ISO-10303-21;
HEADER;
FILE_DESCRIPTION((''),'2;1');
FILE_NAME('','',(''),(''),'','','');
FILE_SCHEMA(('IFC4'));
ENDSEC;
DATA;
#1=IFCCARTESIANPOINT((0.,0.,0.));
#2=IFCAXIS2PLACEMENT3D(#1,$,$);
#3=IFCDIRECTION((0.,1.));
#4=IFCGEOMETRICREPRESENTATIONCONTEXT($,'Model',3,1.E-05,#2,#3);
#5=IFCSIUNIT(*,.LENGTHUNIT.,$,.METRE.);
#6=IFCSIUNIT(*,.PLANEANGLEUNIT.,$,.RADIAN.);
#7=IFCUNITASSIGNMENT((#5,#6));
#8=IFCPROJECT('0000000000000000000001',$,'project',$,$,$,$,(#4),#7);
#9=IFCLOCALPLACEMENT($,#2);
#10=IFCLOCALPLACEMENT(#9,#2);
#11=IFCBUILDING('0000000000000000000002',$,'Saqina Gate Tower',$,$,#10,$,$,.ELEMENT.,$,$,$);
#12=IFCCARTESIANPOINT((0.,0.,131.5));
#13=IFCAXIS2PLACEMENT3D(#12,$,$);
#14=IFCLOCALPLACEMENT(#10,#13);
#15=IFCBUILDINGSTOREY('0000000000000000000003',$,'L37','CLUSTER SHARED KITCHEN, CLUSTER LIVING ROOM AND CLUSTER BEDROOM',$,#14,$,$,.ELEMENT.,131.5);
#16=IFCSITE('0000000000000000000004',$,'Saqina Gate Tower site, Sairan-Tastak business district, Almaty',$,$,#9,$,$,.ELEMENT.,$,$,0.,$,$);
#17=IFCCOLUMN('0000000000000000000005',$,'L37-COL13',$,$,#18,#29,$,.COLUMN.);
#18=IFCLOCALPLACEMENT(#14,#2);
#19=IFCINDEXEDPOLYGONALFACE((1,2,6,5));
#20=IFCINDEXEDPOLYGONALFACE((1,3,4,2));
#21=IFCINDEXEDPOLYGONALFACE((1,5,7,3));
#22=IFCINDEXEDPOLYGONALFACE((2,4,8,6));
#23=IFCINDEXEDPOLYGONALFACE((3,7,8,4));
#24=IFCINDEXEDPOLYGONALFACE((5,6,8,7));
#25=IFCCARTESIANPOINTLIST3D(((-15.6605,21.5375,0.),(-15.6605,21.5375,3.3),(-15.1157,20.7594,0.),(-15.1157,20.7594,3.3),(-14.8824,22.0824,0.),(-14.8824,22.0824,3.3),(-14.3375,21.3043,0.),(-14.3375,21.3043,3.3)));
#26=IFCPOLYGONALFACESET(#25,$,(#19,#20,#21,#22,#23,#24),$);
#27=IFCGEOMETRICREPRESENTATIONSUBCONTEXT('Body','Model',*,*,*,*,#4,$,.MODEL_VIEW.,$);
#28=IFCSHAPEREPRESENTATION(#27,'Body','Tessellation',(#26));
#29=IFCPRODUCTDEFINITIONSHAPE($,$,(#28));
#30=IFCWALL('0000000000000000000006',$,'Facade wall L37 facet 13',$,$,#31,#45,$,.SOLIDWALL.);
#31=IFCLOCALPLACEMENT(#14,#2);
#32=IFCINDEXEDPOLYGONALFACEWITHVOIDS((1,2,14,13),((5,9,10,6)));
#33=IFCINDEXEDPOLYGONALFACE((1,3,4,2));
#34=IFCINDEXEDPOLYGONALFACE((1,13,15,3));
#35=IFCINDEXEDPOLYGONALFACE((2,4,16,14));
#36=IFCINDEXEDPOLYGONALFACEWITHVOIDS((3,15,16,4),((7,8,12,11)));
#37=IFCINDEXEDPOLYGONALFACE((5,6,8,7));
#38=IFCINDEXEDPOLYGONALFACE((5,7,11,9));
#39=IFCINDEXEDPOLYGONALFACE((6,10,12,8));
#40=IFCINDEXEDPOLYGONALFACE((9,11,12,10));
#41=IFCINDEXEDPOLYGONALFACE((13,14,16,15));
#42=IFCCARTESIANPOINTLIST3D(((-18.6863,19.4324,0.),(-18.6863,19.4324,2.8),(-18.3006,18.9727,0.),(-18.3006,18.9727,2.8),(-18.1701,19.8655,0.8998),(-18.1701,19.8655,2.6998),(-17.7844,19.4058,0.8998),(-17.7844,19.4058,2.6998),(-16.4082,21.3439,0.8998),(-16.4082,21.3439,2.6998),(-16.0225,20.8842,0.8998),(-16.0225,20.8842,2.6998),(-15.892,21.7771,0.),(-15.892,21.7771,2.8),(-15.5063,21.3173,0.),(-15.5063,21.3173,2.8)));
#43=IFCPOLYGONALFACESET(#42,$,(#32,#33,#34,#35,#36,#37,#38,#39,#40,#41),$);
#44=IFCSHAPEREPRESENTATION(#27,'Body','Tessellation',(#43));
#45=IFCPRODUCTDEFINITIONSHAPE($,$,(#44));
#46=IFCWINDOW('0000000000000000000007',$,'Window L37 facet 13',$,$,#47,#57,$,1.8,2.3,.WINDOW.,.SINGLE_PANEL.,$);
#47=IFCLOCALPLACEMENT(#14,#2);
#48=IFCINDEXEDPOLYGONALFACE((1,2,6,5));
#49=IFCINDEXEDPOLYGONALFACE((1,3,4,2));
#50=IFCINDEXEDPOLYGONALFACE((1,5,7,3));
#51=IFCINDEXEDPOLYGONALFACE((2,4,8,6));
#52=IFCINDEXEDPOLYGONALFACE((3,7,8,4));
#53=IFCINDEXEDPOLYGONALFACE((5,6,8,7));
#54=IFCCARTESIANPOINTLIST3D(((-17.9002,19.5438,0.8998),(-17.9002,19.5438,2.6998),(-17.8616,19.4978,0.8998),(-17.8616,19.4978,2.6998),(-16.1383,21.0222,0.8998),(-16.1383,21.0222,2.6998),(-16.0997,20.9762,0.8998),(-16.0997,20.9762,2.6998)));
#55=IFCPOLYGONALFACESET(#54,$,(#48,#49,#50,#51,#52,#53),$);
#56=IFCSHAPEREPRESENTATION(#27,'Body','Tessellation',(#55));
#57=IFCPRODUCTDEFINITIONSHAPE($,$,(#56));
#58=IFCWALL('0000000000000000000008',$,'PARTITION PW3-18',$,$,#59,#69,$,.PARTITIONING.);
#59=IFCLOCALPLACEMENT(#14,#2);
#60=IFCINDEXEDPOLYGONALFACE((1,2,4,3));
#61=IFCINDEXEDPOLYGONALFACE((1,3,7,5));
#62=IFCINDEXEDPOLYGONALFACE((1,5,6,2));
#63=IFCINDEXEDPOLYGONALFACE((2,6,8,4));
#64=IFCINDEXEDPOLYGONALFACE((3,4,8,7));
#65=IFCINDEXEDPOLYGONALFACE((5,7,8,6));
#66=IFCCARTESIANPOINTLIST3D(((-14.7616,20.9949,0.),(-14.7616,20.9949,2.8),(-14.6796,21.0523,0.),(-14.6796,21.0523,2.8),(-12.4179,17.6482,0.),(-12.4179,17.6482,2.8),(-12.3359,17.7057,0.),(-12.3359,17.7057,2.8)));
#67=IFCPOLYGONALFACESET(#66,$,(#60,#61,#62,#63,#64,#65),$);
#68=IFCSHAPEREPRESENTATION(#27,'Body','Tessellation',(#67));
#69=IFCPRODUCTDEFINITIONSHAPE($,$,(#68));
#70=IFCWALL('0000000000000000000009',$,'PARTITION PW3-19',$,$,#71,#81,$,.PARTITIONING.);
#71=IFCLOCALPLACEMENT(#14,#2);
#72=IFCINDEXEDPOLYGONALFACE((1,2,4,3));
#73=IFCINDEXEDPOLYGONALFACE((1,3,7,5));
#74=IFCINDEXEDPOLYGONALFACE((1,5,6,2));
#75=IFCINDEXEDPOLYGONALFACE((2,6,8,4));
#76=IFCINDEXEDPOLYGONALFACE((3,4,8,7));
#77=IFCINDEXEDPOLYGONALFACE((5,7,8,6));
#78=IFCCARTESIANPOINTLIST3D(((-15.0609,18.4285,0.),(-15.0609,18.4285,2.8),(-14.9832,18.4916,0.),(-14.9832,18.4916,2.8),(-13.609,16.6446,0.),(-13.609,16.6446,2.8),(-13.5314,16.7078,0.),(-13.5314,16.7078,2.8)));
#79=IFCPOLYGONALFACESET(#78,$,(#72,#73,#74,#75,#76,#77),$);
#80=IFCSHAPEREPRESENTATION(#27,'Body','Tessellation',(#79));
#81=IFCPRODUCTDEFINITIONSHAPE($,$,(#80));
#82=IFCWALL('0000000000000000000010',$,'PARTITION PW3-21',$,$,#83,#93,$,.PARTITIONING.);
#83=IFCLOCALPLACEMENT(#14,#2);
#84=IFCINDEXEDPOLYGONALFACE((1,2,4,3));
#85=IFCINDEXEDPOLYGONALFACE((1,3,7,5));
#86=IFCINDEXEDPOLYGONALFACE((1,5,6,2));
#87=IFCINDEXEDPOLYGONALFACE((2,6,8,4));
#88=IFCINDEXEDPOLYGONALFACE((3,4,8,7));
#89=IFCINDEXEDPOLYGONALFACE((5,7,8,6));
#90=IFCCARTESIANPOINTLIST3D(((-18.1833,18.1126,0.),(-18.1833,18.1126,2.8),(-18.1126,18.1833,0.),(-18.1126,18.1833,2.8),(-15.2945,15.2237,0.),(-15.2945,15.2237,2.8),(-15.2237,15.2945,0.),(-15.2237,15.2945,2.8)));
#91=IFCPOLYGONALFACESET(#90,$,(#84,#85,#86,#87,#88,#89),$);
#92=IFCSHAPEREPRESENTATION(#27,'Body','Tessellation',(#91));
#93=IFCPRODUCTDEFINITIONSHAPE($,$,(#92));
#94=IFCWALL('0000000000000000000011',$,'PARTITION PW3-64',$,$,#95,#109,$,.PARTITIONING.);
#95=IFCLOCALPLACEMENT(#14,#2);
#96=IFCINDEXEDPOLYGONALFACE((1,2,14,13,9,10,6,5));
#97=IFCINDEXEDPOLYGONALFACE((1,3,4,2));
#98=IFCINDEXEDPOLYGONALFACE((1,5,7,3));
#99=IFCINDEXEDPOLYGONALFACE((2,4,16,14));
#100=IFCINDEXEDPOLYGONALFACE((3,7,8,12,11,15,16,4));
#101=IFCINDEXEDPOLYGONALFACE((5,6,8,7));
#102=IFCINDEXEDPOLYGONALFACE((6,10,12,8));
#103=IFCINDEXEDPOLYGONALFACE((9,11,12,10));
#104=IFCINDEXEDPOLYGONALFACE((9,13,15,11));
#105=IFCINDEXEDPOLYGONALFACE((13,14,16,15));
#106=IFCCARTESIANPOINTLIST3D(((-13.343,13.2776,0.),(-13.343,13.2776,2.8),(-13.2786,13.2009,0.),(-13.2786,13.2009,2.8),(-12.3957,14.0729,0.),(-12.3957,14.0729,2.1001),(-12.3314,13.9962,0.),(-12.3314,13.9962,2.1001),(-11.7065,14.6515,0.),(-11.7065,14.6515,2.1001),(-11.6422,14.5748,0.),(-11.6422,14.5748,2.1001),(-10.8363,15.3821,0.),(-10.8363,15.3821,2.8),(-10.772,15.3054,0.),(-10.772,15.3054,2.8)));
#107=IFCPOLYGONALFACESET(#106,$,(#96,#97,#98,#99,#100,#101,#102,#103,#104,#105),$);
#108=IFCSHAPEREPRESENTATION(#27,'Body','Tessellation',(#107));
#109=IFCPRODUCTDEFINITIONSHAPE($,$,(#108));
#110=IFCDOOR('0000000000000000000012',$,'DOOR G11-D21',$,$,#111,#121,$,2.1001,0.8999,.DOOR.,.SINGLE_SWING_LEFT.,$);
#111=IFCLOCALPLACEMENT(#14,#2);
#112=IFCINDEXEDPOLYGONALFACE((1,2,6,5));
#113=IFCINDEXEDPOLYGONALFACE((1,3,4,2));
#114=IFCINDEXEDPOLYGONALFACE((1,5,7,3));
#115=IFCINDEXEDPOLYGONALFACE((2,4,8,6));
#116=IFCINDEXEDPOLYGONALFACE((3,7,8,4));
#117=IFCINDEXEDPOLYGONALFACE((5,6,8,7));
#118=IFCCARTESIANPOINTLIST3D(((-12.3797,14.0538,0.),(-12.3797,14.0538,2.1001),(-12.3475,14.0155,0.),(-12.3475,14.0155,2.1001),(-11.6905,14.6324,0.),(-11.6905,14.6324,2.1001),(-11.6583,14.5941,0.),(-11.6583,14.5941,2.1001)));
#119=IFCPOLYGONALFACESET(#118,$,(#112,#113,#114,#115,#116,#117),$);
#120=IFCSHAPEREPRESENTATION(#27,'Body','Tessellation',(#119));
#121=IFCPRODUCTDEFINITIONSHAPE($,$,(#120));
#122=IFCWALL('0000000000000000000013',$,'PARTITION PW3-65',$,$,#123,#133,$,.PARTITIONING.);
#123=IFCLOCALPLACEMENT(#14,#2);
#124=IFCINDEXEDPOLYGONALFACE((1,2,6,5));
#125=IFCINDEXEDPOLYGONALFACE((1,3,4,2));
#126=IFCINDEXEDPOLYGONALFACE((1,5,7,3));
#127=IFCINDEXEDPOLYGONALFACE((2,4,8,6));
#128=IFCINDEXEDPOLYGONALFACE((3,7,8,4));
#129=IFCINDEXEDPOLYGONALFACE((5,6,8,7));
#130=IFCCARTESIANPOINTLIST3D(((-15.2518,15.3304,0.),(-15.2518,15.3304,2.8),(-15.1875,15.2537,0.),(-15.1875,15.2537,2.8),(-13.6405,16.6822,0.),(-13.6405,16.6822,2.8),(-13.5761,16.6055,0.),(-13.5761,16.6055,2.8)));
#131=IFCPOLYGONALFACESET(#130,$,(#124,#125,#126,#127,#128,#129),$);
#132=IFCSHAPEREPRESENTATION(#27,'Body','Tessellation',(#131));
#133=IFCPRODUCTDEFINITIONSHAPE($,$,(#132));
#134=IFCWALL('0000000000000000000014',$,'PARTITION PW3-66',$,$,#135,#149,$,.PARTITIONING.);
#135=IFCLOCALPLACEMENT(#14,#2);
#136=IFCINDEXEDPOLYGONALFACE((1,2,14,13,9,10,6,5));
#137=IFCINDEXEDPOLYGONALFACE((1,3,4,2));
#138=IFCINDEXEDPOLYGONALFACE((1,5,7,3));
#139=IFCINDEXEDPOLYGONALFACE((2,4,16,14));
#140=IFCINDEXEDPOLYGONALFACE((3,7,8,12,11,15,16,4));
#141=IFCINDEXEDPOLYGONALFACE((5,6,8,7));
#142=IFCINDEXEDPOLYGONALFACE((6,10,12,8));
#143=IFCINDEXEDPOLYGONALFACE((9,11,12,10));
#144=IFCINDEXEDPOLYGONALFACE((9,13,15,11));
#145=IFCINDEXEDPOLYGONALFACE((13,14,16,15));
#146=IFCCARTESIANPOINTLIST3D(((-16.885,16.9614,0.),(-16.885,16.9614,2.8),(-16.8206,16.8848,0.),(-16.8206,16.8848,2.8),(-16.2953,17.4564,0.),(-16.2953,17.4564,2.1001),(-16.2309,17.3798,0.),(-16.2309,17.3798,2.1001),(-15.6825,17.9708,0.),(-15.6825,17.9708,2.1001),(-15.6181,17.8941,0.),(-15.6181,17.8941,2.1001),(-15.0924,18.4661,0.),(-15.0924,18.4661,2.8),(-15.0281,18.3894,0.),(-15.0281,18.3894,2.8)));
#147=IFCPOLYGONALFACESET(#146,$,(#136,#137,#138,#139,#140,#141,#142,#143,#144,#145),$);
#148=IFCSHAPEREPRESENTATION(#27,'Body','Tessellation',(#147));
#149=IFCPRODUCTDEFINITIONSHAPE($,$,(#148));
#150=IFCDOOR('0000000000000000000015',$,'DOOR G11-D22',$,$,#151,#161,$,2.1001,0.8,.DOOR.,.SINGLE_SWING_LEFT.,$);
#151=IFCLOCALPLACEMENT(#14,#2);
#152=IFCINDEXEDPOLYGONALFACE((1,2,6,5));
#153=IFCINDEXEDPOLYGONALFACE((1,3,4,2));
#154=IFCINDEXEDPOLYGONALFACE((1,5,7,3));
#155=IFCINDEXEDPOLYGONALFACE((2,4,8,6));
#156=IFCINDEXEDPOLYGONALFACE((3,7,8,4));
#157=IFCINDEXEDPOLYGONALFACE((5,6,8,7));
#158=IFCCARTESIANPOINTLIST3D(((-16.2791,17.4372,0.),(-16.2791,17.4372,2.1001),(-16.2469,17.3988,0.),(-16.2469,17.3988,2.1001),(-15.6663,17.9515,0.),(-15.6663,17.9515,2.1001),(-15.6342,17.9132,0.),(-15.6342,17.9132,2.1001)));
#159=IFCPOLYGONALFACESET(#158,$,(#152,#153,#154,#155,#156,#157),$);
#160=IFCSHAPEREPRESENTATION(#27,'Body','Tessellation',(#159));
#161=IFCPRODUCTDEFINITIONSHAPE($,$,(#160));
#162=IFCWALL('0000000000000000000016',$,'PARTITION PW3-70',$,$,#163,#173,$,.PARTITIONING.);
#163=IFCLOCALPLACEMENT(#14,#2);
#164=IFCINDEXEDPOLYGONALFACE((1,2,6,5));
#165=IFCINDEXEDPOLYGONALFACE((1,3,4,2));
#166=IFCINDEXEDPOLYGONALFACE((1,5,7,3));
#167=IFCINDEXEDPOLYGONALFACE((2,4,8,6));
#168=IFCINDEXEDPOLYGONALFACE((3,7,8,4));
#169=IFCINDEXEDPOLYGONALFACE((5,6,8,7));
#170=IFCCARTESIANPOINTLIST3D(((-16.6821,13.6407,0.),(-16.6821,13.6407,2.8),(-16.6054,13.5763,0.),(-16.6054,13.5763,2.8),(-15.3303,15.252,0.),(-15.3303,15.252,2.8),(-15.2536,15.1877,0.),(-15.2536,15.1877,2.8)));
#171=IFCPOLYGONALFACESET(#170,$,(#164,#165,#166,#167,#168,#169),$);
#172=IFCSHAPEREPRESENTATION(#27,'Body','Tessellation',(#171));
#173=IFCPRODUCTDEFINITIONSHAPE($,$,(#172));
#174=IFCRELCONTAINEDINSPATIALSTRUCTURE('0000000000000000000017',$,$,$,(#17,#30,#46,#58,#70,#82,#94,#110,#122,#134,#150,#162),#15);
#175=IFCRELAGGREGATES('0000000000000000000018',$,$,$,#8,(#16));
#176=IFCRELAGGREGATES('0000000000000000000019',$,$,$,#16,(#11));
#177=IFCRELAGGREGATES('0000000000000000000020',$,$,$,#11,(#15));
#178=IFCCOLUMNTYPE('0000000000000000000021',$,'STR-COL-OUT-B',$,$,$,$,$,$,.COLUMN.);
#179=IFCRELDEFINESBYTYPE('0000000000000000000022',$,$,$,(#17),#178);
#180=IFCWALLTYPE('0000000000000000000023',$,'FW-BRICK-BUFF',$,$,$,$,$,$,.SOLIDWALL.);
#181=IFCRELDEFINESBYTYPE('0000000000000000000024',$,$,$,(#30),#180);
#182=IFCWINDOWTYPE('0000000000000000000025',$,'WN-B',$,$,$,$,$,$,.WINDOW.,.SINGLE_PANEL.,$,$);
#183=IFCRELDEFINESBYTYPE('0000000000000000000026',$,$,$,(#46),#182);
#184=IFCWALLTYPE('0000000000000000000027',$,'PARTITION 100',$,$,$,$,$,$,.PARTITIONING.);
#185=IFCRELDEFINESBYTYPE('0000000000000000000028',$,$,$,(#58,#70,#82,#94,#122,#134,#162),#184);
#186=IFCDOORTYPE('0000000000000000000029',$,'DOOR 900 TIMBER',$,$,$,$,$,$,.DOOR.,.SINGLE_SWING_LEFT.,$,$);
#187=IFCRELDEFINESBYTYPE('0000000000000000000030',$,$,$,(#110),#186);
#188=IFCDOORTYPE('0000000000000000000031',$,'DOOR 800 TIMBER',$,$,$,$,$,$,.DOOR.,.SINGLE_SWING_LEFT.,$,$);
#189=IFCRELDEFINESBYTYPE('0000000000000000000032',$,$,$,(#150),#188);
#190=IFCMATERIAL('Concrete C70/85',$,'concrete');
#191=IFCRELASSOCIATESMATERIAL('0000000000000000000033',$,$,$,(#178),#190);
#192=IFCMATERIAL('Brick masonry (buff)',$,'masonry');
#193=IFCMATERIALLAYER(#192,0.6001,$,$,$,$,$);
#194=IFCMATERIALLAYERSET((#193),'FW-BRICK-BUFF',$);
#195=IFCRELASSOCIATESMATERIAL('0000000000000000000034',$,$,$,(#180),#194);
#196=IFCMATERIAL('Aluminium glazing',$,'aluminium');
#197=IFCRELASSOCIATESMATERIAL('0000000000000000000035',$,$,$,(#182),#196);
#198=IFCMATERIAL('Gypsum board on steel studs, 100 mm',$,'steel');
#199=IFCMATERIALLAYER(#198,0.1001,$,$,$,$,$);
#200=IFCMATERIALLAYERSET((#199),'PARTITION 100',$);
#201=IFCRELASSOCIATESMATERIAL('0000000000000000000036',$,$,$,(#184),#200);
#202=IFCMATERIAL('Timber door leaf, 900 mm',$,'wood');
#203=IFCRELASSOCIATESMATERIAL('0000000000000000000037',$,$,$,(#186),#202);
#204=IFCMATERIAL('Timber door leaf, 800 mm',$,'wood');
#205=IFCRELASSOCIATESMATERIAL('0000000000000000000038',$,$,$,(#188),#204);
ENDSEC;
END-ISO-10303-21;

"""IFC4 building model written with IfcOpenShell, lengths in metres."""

from ifc_helpers import new_model, si_unit, direction, frame, frame_2d, origin, origin_2d, place, context, subcontext, project, spatial, rectangle, extrude, material, layer, layer_set, material_profile, profile_set, type_object, element, fill, save


model = new_model("IFC4")

# Units and contexts
model_context = context("Model", 3, precision=1e-05, world=origin(), true_north=direction((0.0, 1.0)))
body_context = subcontext(model_context, "Body", "Model", "MODEL_VIEW")
ifc_project = project(units=[si_unit("LENGTHUNIT", "METRE"), si_unit("PLANEANGLEUNIT", "RADIAN")], contexts=[model_context])

# Site, building, storey
site_placement = place(None, origin())
site = spatial("IfcSite", under=ifc_project, at=site_placement, Name="Saqina Gate Tower site, Sairan-Tastak business district, Almaty", CompositionType="ELEMENT", RefElevation=0.0)
building_placement = place(site_placement, origin())
building = spatial("IfcBuilding", under=site, at=building_placement, Name="Saqina Gate Tower", CompositionType="ELEMENT")
storey_placement = place(building_placement, frame((0.0, 0.0, 131.5)))
storey = spatial("IfcBuildingStorey", under=building, at=storey_placement, Name="L37", Description="CLUSTER SHARED KITCHEN, CLUSTER LIVING ROOM AND CLUSTER BEDROOM", CompositionType="ELEMENT", Elevation=131.5)

# Column
ifc_material_1 = material(Name="Concrete C70/85", Category="concrete")
ifc_material_profile = material_profile(ifc_material_1, rectangle(XDim=0.95, YDim=0.95, at=origin_2d()), Name="RC 950x950")
ifc_profile_set = profile_set([ifc_material_profile], Name="Concrete C70/85")
column_type = type_object("IfcColumnType", Name="STR-COL-OUT-B", PredefinedType="COLUMN", material=ifc_profile_set)
column_placement = place(storey_placement, frame((-14.999, 21.4209, 0.0), z_axis=(0.0, 0.0, 1.0), x_axis=(-0.573576, 0.819152, 0.0)))
element("IfcColumn", 1, at=column_placement, inside=storey, type_object=column_type, Name="L37-COL13", PredefinedType="COLUMN", context=body_context, shape_type="SweptSolid", body=[
    extrude(rectangle(XDim=0.95, YDim=0.95, at=origin_2d()), origin(), (0.0, 0.0, 1.0), 3.3),
])

# Wall, opening, window
ifc_material_2 = material(Name="Brick masonry (buff)", Category="masonry")
ifc_layer_1 = layer(ifc_material_2, 0.6001)
ifc_layer_set_1 = layer_set([ifc_layer_1], Name="FW-BRICK-BUFF")
wall_type_1 = type_object("IfcWallType", Name="FW-BRICK-BUFF", PredefinedType="SOLIDWALL", material=ifc_layer_set_1)
wall_1_placement = place(storey_placement, frame((-15.6992, 21.5471, 0.0), z_axis=(0.0, 0.0, 1.0), x_axis=(-0.766055, -0.642774, 0.0)))
wall_1 = element("IfcWall", 2, at=wall_1_placement, inside=storey, type_object=wall_type_1, Name="Facade wall L37 facet 13", PredefinedType="SOLIDWALL", context=body_context, shape_type="SweptSolid", body=[
    extrude(rectangle(XDim=3.6477, YDim=0.6001, at=frame_2d((1.8237, 0.0))), origin(), (0.0, 0.0, 1.0), 2.8),
])
opening_1_placement = place(wall_1_placement, frame((0.6738, 0.0, 0.8999)))
opening_1 = element("IfcOpeningElement", 3, at=opening_1_placement, cuts=wall_1, PredefinedType="OPENING", context=body_context, shape_type="SweptSolid", body=[
    extrude(rectangle(XDim=2.3, YDim=1.8, at=frame_2d((1.1499, 0.8999))), frame((0.0, 0.312, 0.0), z_axis=(0.0, -1.0, 0.0), x_axis=(1.0, 0.0, 0.0)), (0.0, 0.0, 1.0), 0.624),
])
ifc_material_3 = material(Name="Aluminium glazing", Category="aluminium")
window_type = type_object("IfcWindowType", Name="WN-B", PartitioningType="SINGLE_PANEL", PredefinedType="WINDOW", material=ifc_material_3)
window_placement = place(opening_1_placement, origin())
window = element("IfcWindow", 4, at=window_placement, inside=storey, type_object=window_type, Name="Window L37 facet 13", OverallHeight=1.8, OverallWidth=2.3, PartitioningType="SINGLE_PANEL", PredefinedType="WINDOW", context=body_context, shape_type="SweptSolid", body=[
    extrude(rectangle(XDim=2.3, YDim=1.8, at=frame_2d((1.1499, 0.8999))), frame((0.0, 0.1799, 0.0), z_axis=(0.0, -1.0, 0.0), x_axis=(1.0, 0.0, 0.0)), (0.0, 0.0, 1.0), 0.0601),
])
fill(opening_1, window)

# Walls
ifc_material_4 = material(Name="Gypsum board on steel studs, 100 mm", Category="steel")
ifc_layer_2 = layer(ifc_material_4, 0.1001)
ifc_layer_set_2 = layer_set([ifc_layer_2], Name="PARTITION 100")
wall_type_2 = type_object("IfcWallType", Name="PARTITION 100", PredefinedType="PARTITIONING", material=ifc_layer_set_2)
wall_2_placement = place(storey_placement, frame((-14.7207, 21.0237, 0.0), z_axis=(0.0, 0.0, 1.0), x_axis=(0.573639, -0.819108, 0.0)))
element("IfcWall", 5, at=wall_2_placement, inside=storey, type_object=wall_type_2, Name="PARTITION PW3-18", PredefinedType="PARTITIONING", context=body_context, shape_type="SweptSolid", body=[
    extrude(rectangle(XDim=4.0857, YDim=0.1001, at=frame_2d((2.043, 0.0))), origin(), (0.0, 0.0, 1.0), 2.8),
])
wall_3_placement = place(storey_placement, frame((-15.022, 18.46, 0.0), z_axis=(0.0, 0.0, 1.0), x_axis=(0.631236, -0.775591, 0.0)))
element("IfcWall", 6, at=wall_3_placement, inside=storey, type_object=wall_type_2, Name="PARTITION PW3-19", PredefinedType="PARTITIONING", context=body_context, shape_type="SweptSolid", body=[
    extrude(rectangle(XDim=2.3, YDim=0.1001, at=frame_2d((1.1499, 0.0))), origin(), (0.0, 0.0, 1.0), 2.8),
])
wall_4_placement = place(storey_placement, frame((-18.1479, 18.1479, 0.0), z_axis=(0.0, 0.0, 1.0), x_axis=(0.707107, -0.707107, 0.0)))
element("IfcWall", 7, at=wall_4_placement, inside=storey, type_object=wall_type_2, Name="PARTITION PW3-21", PredefinedType="PARTITIONING", context=body_context, shape_type="SweptSolid", body=[
    extrude(rectangle(XDim=4.0854, YDim=0.1001, at=frame_2d((2.0427, 0.0))), origin(), (0.0, 0.0, 1.0), 2.8),
])

# Wall, opening, door
wall_5_placement = place(storey_placement, frame((-13.3108, 13.2393, 0.0), z_axis=(0.0, 0.0, 1.0), x_axis=(0.765862, 0.643005, 0.0)))
wall_5 = element("IfcWall", 8, at=wall_5_placement, inside=storey, type_object=wall_type_2, Name="PARTITION PW3-64", PredefinedType="PARTITIONING", context=body_context, shape_type="SweptSolid", body=[
    extrude(rectangle(XDim=3.2729, YDim=0.1001, at=frame_2d((1.6365, 0.0))), origin(), (0.0, 0.0, 1.0), 2.8),
])
opening_2_placement = place(wall_5_placement, frame((1.2368, 0.0, 0.0)))
opening_2 = element("IfcOpeningElement", 9, at=opening_2_placement, cuts=wall_5, PredefinedType="OPENING", context=body_context, shape_type="SweptSolid", body=[
    extrude(rectangle(XDim=0.8999, YDim=2.1001, at=frame_2d((0.45, 1.05))), frame((0.0, 0.062, 0.0), z_axis=(0.0, -1.0, 0.0), x_axis=(1.0, 0.0, 0.0)), (0.0, 0.0, 1.0), 0.124),
])
ifc_material_5 = material(Name="Timber door leaf, 900 mm", Category="wood")
door_type_1 = type_object("IfcDoorType", Name="DOOR 900 TIMBER", OperationType="SINGLE_SWING_LEFT", PredefinedType="DOOR", material=ifc_material_5)
door_1_placement = place(opening_2_placement, frame((0.8999, 0.0, 0.0), z_axis=(0.0, 0.0, 1.0), x_axis=(-1.0, 0.0, 0.0)))
door_1 = element("IfcDoor", 10, at=door_1_placement, inside=storey, type_object=door_type_1, Name="DOOR G11-D21", OperationType="SINGLE_SWING_LEFT", OverallHeight=2.1001, OverallWidth=0.8999, PredefinedType="DOOR", context=body_context, shape_type="SweptSolid", body=[
    extrude(rectangle(XDim=0.8999, YDim=2.1001, at=frame_2d((0.45, 1.05))), frame((0.0, 0.0249, 0.0), z_axis=(0.0, -1.0, 0.0), x_axis=(1.0, 0.0, 0.0)), (0.0, 0.0, 1.0), 0.05),
])
fill(opening_2, door_1)

# Wall
wall_6_placement = place(storey_placement, frame((-15.2197, 15.292, 0.0), z_axis=(0.0, 0.0, 1.0), x_axis=(0.766105, 0.642716, 0.0)))
element("IfcWall", 11, at=wall_6_placement, inside=storey, type_object=wall_type_2, Name="PARTITION PW3-65", PredefinedType="PARTITIONING", context=body_context, shape_type="SweptSolid", body=[
    extrude(rectangle(XDim=2.1033, YDim=0.1001, at=frame_2d((1.0518, 0.0))), origin(), (0.0, 0.0, 1.0), 2.8),
])

# Wall, opening, door
wall_7_placement = place(storey_placement, frame((-16.8528, 16.9231, 0.0), z_axis=(0.0, 0.0, 1.0), x_axis=(0.765925, 0.64293, 0.0)))
wall_7 = element("IfcWall", 12, at=wall_7_placement, inside=storey, type_object=wall_type_2, Name="PARTITION PW3-66", PredefinedType="PARTITIONING", context=body_context, shape_type="SweptSolid", body=[
    extrude(rectangle(XDim=2.3403, YDim=0.1001, at=frame_2d((1.1702, 0.0))), origin(), (0.0, 0.0, 1.0), 2.8),
])
opening_3_placement = place(wall_7_placement, frame((0.77, 0.0, 0.0)))
opening_3 = element("IfcOpeningElement", 13, at=opening_3_placement, cuts=wall_7, PredefinedType="OPENING", context=body_context, shape_type="SweptSolid", body=[
    extrude(rectangle(XDim=0.8, YDim=2.1001, at=frame_2d((0.3999, 1.05))), frame((0.0, 0.062, 0.0), z_axis=(0.0, -1.0, 0.0), x_axis=(1.0, 0.0, 0.0)), (0.0, 0.0, 1.0), 0.124),
])
ifc_material_6 = material(Name="Timber door leaf, 800 mm", Category="wood")
door_type_2 = type_object("IfcDoorType", Name="DOOR 800 TIMBER", OperationType="SINGLE_SWING_LEFT", PredefinedType="DOOR", material=ifc_material_6)
door_2_placement = place(opening_3_placement, origin())
door_2 = element("IfcDoor", 14, at=door_2_placement, inside=storey, type_object=door_type_2, Name="DOOR G11-D22", OperationType="SINGLE_SWING_LEFT", OverallHeight=2.1001, OverallWidth=0.8, PredefinedType="DOOR", context=body_context, shape_type="SweptSolid", body=[
    extrude(rectangle(XDim=0.8, YDim=2.1001, at=frame_2d((0.3999, 1.05))), frame((0.0, 0.0249, 0.0), z_axis=(0.0, -1.0, 0.0), x_axis=(1.0, 0.0, 0.0)), (0.0, 0.0, 1.0), 0.05),
])
fill(opening_3, door_2)

# Wall
wall_8_placement = place(storey_placement, frame((-16.6438, 13.6084, 0.0), z_axis=(0.0, 0.0, 1.0), x_axis=(0.642716, 0.766105, 0.0)))
element("IfcWall", 15, at=wall_8_placement, inside=storey, type_object=wall_type_2, Name="PARTITION PW3-70", PredefinedType="PARTITIONING", context=body_context, shape_type="SweptSolid", body=[
    extrude(rectangle(XDim=2.1033, YDim=0.1001, at=frame_2d((1.0518, 0.0))), origin(), (0.0, 0.0, 1.0), 2.8),
])

save(model, "model.ifc")
